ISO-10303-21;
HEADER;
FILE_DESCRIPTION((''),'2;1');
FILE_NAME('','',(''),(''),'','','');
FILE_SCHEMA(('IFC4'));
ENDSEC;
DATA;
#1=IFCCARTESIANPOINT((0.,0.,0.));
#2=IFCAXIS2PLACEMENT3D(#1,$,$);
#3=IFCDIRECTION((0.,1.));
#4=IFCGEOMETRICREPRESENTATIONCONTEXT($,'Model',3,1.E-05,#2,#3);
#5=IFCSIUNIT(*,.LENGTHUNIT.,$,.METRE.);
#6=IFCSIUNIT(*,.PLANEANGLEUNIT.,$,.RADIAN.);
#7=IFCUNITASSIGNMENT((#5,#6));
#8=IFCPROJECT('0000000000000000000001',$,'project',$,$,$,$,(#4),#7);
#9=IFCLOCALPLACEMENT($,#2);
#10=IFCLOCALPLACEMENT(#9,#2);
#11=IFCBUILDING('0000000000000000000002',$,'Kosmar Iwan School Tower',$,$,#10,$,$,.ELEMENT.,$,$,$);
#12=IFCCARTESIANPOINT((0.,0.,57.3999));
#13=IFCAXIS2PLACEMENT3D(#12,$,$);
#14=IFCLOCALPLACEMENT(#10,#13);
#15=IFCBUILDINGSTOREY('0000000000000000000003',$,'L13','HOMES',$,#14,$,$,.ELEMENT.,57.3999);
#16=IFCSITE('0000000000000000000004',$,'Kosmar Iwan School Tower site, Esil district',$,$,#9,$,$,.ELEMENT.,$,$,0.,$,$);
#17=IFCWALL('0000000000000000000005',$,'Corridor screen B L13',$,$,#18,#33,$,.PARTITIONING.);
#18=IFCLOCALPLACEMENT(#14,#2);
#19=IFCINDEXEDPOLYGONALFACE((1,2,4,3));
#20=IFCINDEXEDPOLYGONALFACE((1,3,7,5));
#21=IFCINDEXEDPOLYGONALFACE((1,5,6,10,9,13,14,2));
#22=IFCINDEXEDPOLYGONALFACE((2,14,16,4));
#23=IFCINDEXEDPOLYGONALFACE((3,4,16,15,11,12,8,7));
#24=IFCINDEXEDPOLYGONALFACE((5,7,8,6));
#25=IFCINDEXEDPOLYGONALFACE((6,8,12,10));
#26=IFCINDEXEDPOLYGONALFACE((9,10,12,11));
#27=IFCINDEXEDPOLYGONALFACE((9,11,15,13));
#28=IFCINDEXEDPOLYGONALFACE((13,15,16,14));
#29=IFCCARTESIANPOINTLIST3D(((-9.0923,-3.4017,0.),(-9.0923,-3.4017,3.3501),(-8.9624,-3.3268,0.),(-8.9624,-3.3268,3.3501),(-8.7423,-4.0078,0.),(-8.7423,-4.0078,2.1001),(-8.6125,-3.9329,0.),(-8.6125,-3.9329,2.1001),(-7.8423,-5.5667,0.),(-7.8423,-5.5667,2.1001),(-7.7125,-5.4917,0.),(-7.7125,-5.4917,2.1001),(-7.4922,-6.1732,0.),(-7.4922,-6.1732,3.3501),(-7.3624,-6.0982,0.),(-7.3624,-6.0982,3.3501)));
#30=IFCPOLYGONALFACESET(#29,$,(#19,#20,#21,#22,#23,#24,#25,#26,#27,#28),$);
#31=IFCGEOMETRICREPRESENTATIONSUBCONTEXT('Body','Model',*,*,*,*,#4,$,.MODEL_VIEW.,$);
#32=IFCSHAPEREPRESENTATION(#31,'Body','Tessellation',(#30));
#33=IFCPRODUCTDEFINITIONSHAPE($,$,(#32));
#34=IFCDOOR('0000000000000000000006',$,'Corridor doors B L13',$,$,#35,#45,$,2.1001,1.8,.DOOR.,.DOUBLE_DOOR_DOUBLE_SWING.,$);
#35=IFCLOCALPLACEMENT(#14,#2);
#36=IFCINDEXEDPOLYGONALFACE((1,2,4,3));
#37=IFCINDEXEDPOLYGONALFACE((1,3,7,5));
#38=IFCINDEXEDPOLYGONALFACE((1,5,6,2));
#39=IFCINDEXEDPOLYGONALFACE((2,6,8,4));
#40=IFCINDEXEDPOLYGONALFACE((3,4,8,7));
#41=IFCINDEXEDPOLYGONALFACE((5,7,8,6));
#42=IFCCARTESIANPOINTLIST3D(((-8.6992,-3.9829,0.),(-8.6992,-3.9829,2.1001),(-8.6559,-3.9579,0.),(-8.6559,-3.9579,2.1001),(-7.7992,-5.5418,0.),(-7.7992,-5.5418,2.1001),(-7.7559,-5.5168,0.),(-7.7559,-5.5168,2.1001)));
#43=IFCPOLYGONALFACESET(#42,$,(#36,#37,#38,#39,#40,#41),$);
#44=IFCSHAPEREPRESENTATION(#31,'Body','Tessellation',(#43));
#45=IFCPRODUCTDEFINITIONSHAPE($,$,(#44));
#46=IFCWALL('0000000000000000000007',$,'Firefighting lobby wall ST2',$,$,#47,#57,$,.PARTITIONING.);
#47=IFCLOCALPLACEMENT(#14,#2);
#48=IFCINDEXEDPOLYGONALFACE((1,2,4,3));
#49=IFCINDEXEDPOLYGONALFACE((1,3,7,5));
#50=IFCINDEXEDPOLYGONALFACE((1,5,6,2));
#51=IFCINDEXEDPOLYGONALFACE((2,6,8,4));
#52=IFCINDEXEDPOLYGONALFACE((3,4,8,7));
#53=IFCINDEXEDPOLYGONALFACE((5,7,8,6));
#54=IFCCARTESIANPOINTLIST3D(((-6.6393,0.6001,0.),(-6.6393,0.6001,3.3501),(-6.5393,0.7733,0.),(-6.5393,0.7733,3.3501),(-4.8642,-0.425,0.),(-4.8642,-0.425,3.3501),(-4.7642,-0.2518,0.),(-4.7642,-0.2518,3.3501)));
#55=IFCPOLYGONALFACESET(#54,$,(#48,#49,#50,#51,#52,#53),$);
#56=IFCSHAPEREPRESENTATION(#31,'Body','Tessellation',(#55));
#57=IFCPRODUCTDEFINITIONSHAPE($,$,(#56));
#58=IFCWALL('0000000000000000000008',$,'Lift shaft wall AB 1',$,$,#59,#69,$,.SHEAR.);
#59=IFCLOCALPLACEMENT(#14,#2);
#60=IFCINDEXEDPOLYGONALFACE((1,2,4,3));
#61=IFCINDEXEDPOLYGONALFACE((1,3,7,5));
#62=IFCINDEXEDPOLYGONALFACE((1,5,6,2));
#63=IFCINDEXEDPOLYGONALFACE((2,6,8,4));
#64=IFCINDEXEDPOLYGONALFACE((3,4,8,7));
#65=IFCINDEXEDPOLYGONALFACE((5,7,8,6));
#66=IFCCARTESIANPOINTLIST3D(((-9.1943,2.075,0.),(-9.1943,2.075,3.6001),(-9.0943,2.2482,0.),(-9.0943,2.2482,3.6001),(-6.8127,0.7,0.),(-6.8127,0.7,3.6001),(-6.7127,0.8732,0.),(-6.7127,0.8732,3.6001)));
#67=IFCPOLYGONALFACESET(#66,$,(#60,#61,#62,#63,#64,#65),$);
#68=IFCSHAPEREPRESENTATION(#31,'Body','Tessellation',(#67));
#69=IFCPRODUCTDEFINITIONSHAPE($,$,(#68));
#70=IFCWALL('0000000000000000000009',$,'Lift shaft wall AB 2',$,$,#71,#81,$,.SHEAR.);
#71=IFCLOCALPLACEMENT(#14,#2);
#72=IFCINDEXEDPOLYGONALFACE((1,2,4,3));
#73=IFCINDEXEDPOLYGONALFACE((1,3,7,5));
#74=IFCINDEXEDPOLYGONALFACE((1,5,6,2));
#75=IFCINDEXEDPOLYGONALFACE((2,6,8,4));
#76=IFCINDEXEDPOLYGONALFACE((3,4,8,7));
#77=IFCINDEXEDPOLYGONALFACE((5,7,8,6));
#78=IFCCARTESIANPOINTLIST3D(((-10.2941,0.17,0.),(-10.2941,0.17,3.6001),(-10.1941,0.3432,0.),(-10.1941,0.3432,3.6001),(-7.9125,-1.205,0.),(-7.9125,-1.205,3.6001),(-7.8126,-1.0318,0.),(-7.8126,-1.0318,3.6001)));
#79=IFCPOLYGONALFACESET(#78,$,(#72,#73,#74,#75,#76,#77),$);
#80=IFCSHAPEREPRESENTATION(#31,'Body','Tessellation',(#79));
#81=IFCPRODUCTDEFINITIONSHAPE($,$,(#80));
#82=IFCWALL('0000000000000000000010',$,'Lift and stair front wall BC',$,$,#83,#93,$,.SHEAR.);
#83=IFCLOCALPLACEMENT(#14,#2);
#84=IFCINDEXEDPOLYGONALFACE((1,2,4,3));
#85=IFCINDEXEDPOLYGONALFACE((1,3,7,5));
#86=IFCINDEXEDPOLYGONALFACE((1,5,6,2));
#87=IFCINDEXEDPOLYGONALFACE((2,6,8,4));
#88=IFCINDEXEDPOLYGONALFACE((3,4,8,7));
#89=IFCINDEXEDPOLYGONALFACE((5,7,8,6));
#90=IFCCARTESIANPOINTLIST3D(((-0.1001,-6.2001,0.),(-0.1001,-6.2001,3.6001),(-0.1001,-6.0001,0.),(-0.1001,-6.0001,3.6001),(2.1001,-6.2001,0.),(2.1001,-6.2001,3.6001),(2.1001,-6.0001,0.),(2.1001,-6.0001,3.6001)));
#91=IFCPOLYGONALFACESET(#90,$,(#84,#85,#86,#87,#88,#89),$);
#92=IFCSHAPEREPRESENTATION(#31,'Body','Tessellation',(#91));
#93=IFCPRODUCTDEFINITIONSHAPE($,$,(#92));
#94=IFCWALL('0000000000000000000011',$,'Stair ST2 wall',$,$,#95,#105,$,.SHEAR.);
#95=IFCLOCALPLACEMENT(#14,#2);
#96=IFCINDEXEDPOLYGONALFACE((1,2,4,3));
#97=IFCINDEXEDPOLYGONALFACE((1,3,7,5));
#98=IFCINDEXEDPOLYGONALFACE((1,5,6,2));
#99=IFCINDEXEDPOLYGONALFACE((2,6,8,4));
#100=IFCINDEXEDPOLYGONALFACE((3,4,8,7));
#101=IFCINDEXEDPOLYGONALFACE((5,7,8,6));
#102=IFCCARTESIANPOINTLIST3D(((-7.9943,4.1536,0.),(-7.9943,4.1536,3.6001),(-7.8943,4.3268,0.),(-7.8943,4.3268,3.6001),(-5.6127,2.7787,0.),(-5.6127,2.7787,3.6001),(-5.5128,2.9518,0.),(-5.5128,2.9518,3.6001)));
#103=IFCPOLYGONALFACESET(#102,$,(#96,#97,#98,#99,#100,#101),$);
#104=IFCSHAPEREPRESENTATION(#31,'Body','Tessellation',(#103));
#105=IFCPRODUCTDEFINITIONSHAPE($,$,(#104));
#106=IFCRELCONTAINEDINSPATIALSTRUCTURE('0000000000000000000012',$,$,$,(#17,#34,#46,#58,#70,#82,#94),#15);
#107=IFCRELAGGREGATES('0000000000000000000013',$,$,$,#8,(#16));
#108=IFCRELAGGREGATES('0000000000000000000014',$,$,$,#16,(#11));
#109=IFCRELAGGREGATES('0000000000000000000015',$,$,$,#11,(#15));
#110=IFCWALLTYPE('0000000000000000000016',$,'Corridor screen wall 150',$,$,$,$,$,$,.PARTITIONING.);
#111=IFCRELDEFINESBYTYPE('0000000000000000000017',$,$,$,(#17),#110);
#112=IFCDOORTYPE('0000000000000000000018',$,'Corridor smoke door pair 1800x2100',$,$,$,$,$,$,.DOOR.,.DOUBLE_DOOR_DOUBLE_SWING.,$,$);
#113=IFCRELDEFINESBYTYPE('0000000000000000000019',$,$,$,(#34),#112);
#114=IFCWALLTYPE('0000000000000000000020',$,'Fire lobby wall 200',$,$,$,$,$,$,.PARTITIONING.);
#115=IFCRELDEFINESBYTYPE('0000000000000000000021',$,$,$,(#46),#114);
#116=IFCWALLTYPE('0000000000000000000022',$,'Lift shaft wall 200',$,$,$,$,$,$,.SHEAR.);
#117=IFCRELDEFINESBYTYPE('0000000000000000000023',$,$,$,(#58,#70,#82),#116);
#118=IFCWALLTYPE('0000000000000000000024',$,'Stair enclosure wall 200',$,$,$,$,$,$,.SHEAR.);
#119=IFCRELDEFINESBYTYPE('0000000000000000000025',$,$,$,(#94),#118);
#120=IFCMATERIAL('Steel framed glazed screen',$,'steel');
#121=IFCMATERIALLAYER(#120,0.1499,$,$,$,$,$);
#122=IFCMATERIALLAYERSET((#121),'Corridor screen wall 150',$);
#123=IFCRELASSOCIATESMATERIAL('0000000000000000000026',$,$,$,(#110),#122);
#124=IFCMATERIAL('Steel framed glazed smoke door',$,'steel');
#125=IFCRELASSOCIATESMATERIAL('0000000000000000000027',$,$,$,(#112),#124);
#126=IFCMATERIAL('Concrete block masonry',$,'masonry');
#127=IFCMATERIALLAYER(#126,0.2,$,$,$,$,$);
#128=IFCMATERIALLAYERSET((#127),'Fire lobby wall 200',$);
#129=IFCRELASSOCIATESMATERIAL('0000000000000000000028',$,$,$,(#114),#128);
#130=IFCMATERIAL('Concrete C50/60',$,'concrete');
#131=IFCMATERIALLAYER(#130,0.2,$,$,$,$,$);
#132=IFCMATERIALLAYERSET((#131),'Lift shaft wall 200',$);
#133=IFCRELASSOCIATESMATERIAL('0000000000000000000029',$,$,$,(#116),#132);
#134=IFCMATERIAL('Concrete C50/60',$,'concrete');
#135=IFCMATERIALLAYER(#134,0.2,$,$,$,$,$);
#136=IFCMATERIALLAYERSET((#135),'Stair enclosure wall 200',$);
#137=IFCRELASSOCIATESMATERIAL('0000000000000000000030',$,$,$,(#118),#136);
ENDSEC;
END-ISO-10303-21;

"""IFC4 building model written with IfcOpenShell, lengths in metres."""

from ifc_helpers import new_model, si_unit, direction, frame, frame_2d, origin, place, context, subcontext, project, spatial, rectangle, extrude, material, layer, layer_set, type_object, element, fill, save


model = new_model("IFC4")

# Units and contexts
model_context = context("Model", 3, precision=1e-05, world=origin(), true_north=direction((0.0, 1.0)))
body_context = subcontext(model_context, "Body", "Model", "MODEL_VIEW")
ifc_project = project(units=[si_unit("LENGTHUNIT", "METRE"), si_unit("PLANEANGLEUNIT", "RADIAN")], contexts=[model_context])

# Site, building, storey
site_placement = place(None, origin())
site = spatial("IfcSite", under=ifc_project, at=site_placement, Name="Kosmar Iwan School Tower site, Esil district", CompositionType="ELEMENT", RefElevation=0.0)
building_placement = place(site_placement, origin())
building = spatial("IfcBuilding", under=site, at=building_placement, Name="Kosmar Iwan School Tower", CompositionType="ELEMENT")
storey_placement = place(building_placement, frame((0.0, 0.0, 57.3999)))
storey = spatial("IfcBuildingStorey", under=building, at=storey_placement, Name="L13", Description="HOMES", CompositionType="ELEMENT", Elevation=57.3999)

# Wall, opening, door
ifc_material_1 = material(Name="Steel framed glazed screen", Category="steel")
ifc_layer_1 = layer(ifc_material_1, 0.1499)
ifc_layer_set_1 = layer_set([ifc_layer_1], Name="Corridor screen wall 150")
wall_type_1 = type_object("IfcWallType", Name="Corridor screen wall 150", PredefinedType="PARTITIONING", material=ifc_layer_set_1)
wall_1_placement = place(storey_placement, frame((-9.0273, -3.3643, 0.0), z_axis=(0.0, 0.0, 1.0), x_axis=(0.499995, -0.866028, 0.0)))
wall_1 = element("IfcWall", 1, at=wall_1_placement, inside=storey, type_object=wall_type_1, Name="Corridor screen B L13", PredefinedType="PARTITIONING", context=body_context, shape_type="SweptSolid", body=[
    extrude(rectangle(XDim=3.2002, YDim=0.1499, at=frame_2d((1.6001, 0.0))), origin(), (0.0, 0.0, 1.0), 3.3501),
])
opening_placement = place(wall_1_placement, frame((0.7, 0.0, 0.0)))
opening = element("IfcOpeningElement", 2, at=opening_placement, cuts=wall_1, PredefinedType="OPENING", context=body_context, shape_type="SweptSolid", body=[
    extrude(rectangle(XDim=1.8, YDim=2.1001, at=frame_2d((0.8999, 1.05))), frame((0.0, 0.0869, 0.0), z_axis=(0.0, -1.0, 0.0), x_axis=(1.0, 0.0, 0.0)), (0.0, 0.0, 1.0), 0.1738),
])
ifc_material_2 = material(Name="Steel framed glazed smoke door", Category="steel")
door_type = type_object("IfcDoorType", Name="Corridor smoke door pair 1800x2100", OperationType="DOUBLE_DOOR_DOUBLE_SWING", PredefinedType="DOOR", material=ifc_material_2)
door_placement = place(opening_placement, origin())
door = element("IfcDoor", 3, at=door_placement, inside=storey, type_object=door_type, Name="Corridor doors B L13", OperationType="DOUBLE_DOOR_DOUBLE_SWING", OverallHeight=2.1001, OverallWidth=1.8, PredefinedType="DOOR", context=body_context, shape_type="SweptSolid", body=[
    extrude(rectangle(XDim=1.8, YDim=2.1001, at=frame_2d((0.8999, 1.05))), frame((0.0, 0.0249, 0.0), z_axis=(0.0, -1.0, 0.0), x_axis=(1.0, 0.0, 0.0)), (0.0, 0.0, 1.0), 0.05),
])
fill(opening, door)

# Walls
ifc_material_3 = material(Name="Concrete block masonry", Category="masonry")
ifc_layer_2 = layer(ifc_material_3, 0.2)
ifc_layer_set_2 = layer_set([ifc_layer_2], Name="Fire lobby wall 200")
wall_type_2 = type_object("IfcWallType", Name="Fire lobby wall 200", PredefinedType="PARTITIONING", material=ifc_layer_set_2)
wall_2_placement = place(storey_placement, frame((-4.8142, -0.3384, 0.0), z_axis=(0.0, 0.0, 1.0), x_axis=(-0.865969, 0.500097, 0.0)))
element("IfcWall", 4, at=wall_2_placement, inside=storey, type_object=wall_type_2, Name="Firefighting lobby wall ST2", PredefinedType="PARTITIONING", context=body_context, shape_type="SweptSolid", body=[
    extrude(rectangle(XDim=2.0498, YDim=0.2, at=frame_2d((1.0249, 0.0))), origin(), (0.0, 0.0, 1.0), 3.3501),
])
ifc_material_4 = material(Name="Concrete C50/60", Category="concrete")
ifc_layer_3 = layer(ifc_material_4, 0.2)
ifc_layer_set_3 = layer_set([ifc_layer_3], Name="Lift shaft wall 200")
wall_type_3 = type_object("IfcWallType", Name="Lift shaft wall 200", PredefinedType="SHEAR", material=ifc_layer_set_3)
for number, where, z_axis, x_axis, name in (
    (5, (-6.7627, 0.7866, 0.0), (0.0, 0.0, 1.0), (-0.866027, 0.499997, 0.0), "Lift shaft wall AB 1"),
    (6, (-7.8625, -1.1184, 0.0), (0.0, 0.0, 1.0), (-0.866027, 0.499997, 0.0), "Lift shaft wall AB 2"),
):
    element("IfcWall", number, at=place(storey_placement, frame(where, z_axis=z_axis, x_axis=x_axis)), inside=storey, type_object=wall_type_3, Name=name, PredefinedType="SHEAR", context=body_context, shape_type="SweptSolid", body=[
        extrude(rectangle(XDim=2.75, YDim=0.2, at=frame_2d((1.375, 0.0))), origin(), (0.0, 0.0, 1.0), 3.6001),
    ])
wall_3_placement = place(storey_placement, frame((-0.1001, -6.1001, 0.0), z_axis=(0.0, 0.0, 1.0), x_axis=(1.0, 0.0, 0.0)))
element("IfcWall", 7, at=wall_3_placement, inside=storey, type_object=wall_type_3, Name="Lift and stair front wall BC", PredefinedType="SHEAR", context=body_context, shape_type="SweptSolid", body=[
    extrude(rectangle(XDim=2.2002, YDim=0.2, at=frame_2d((1.1001, 0.0))), origin(), (0.0, 0.0, 1.0), 3.6001),
])
ifc_material_5 = material(Name="Concrete C50/60", Category="concrete")
ifc_layer_4 = layer(ifc_material_5, 0.2)
ifc_layer_set_4 = layer_set([ifc_layer_4], Name="Stair enclosure wall 200")
wall_type_4 = type_object("IfcWallType", Name="Stair enclosure wall 200", PredefinedType="SHEAR", material=ifc_layer_set_4)
wall_4_placement = place(storey_placement, frame((-5.5627, 2.8652, 0.0), z_axis=(0.0, 0.0, 1.0), x_axis=(-0.866027, 0.499997, 0.0)))
element("IfcWall", 8, at=wall_4_placement, inside=storey, type_object=wall_type_4, Name="Stair ST2 wall", PredefinedType="SHEAR", context=body_context, shape_type="SweptSolid", body=[
    extrude(rectangle(XDim=2.75, YDim=0.2, at=frame_2d((1.375, 0.0))), origin(), (0.0, 0.0, 1.0), 3.6001),
])

save(model, "model.ifc")
